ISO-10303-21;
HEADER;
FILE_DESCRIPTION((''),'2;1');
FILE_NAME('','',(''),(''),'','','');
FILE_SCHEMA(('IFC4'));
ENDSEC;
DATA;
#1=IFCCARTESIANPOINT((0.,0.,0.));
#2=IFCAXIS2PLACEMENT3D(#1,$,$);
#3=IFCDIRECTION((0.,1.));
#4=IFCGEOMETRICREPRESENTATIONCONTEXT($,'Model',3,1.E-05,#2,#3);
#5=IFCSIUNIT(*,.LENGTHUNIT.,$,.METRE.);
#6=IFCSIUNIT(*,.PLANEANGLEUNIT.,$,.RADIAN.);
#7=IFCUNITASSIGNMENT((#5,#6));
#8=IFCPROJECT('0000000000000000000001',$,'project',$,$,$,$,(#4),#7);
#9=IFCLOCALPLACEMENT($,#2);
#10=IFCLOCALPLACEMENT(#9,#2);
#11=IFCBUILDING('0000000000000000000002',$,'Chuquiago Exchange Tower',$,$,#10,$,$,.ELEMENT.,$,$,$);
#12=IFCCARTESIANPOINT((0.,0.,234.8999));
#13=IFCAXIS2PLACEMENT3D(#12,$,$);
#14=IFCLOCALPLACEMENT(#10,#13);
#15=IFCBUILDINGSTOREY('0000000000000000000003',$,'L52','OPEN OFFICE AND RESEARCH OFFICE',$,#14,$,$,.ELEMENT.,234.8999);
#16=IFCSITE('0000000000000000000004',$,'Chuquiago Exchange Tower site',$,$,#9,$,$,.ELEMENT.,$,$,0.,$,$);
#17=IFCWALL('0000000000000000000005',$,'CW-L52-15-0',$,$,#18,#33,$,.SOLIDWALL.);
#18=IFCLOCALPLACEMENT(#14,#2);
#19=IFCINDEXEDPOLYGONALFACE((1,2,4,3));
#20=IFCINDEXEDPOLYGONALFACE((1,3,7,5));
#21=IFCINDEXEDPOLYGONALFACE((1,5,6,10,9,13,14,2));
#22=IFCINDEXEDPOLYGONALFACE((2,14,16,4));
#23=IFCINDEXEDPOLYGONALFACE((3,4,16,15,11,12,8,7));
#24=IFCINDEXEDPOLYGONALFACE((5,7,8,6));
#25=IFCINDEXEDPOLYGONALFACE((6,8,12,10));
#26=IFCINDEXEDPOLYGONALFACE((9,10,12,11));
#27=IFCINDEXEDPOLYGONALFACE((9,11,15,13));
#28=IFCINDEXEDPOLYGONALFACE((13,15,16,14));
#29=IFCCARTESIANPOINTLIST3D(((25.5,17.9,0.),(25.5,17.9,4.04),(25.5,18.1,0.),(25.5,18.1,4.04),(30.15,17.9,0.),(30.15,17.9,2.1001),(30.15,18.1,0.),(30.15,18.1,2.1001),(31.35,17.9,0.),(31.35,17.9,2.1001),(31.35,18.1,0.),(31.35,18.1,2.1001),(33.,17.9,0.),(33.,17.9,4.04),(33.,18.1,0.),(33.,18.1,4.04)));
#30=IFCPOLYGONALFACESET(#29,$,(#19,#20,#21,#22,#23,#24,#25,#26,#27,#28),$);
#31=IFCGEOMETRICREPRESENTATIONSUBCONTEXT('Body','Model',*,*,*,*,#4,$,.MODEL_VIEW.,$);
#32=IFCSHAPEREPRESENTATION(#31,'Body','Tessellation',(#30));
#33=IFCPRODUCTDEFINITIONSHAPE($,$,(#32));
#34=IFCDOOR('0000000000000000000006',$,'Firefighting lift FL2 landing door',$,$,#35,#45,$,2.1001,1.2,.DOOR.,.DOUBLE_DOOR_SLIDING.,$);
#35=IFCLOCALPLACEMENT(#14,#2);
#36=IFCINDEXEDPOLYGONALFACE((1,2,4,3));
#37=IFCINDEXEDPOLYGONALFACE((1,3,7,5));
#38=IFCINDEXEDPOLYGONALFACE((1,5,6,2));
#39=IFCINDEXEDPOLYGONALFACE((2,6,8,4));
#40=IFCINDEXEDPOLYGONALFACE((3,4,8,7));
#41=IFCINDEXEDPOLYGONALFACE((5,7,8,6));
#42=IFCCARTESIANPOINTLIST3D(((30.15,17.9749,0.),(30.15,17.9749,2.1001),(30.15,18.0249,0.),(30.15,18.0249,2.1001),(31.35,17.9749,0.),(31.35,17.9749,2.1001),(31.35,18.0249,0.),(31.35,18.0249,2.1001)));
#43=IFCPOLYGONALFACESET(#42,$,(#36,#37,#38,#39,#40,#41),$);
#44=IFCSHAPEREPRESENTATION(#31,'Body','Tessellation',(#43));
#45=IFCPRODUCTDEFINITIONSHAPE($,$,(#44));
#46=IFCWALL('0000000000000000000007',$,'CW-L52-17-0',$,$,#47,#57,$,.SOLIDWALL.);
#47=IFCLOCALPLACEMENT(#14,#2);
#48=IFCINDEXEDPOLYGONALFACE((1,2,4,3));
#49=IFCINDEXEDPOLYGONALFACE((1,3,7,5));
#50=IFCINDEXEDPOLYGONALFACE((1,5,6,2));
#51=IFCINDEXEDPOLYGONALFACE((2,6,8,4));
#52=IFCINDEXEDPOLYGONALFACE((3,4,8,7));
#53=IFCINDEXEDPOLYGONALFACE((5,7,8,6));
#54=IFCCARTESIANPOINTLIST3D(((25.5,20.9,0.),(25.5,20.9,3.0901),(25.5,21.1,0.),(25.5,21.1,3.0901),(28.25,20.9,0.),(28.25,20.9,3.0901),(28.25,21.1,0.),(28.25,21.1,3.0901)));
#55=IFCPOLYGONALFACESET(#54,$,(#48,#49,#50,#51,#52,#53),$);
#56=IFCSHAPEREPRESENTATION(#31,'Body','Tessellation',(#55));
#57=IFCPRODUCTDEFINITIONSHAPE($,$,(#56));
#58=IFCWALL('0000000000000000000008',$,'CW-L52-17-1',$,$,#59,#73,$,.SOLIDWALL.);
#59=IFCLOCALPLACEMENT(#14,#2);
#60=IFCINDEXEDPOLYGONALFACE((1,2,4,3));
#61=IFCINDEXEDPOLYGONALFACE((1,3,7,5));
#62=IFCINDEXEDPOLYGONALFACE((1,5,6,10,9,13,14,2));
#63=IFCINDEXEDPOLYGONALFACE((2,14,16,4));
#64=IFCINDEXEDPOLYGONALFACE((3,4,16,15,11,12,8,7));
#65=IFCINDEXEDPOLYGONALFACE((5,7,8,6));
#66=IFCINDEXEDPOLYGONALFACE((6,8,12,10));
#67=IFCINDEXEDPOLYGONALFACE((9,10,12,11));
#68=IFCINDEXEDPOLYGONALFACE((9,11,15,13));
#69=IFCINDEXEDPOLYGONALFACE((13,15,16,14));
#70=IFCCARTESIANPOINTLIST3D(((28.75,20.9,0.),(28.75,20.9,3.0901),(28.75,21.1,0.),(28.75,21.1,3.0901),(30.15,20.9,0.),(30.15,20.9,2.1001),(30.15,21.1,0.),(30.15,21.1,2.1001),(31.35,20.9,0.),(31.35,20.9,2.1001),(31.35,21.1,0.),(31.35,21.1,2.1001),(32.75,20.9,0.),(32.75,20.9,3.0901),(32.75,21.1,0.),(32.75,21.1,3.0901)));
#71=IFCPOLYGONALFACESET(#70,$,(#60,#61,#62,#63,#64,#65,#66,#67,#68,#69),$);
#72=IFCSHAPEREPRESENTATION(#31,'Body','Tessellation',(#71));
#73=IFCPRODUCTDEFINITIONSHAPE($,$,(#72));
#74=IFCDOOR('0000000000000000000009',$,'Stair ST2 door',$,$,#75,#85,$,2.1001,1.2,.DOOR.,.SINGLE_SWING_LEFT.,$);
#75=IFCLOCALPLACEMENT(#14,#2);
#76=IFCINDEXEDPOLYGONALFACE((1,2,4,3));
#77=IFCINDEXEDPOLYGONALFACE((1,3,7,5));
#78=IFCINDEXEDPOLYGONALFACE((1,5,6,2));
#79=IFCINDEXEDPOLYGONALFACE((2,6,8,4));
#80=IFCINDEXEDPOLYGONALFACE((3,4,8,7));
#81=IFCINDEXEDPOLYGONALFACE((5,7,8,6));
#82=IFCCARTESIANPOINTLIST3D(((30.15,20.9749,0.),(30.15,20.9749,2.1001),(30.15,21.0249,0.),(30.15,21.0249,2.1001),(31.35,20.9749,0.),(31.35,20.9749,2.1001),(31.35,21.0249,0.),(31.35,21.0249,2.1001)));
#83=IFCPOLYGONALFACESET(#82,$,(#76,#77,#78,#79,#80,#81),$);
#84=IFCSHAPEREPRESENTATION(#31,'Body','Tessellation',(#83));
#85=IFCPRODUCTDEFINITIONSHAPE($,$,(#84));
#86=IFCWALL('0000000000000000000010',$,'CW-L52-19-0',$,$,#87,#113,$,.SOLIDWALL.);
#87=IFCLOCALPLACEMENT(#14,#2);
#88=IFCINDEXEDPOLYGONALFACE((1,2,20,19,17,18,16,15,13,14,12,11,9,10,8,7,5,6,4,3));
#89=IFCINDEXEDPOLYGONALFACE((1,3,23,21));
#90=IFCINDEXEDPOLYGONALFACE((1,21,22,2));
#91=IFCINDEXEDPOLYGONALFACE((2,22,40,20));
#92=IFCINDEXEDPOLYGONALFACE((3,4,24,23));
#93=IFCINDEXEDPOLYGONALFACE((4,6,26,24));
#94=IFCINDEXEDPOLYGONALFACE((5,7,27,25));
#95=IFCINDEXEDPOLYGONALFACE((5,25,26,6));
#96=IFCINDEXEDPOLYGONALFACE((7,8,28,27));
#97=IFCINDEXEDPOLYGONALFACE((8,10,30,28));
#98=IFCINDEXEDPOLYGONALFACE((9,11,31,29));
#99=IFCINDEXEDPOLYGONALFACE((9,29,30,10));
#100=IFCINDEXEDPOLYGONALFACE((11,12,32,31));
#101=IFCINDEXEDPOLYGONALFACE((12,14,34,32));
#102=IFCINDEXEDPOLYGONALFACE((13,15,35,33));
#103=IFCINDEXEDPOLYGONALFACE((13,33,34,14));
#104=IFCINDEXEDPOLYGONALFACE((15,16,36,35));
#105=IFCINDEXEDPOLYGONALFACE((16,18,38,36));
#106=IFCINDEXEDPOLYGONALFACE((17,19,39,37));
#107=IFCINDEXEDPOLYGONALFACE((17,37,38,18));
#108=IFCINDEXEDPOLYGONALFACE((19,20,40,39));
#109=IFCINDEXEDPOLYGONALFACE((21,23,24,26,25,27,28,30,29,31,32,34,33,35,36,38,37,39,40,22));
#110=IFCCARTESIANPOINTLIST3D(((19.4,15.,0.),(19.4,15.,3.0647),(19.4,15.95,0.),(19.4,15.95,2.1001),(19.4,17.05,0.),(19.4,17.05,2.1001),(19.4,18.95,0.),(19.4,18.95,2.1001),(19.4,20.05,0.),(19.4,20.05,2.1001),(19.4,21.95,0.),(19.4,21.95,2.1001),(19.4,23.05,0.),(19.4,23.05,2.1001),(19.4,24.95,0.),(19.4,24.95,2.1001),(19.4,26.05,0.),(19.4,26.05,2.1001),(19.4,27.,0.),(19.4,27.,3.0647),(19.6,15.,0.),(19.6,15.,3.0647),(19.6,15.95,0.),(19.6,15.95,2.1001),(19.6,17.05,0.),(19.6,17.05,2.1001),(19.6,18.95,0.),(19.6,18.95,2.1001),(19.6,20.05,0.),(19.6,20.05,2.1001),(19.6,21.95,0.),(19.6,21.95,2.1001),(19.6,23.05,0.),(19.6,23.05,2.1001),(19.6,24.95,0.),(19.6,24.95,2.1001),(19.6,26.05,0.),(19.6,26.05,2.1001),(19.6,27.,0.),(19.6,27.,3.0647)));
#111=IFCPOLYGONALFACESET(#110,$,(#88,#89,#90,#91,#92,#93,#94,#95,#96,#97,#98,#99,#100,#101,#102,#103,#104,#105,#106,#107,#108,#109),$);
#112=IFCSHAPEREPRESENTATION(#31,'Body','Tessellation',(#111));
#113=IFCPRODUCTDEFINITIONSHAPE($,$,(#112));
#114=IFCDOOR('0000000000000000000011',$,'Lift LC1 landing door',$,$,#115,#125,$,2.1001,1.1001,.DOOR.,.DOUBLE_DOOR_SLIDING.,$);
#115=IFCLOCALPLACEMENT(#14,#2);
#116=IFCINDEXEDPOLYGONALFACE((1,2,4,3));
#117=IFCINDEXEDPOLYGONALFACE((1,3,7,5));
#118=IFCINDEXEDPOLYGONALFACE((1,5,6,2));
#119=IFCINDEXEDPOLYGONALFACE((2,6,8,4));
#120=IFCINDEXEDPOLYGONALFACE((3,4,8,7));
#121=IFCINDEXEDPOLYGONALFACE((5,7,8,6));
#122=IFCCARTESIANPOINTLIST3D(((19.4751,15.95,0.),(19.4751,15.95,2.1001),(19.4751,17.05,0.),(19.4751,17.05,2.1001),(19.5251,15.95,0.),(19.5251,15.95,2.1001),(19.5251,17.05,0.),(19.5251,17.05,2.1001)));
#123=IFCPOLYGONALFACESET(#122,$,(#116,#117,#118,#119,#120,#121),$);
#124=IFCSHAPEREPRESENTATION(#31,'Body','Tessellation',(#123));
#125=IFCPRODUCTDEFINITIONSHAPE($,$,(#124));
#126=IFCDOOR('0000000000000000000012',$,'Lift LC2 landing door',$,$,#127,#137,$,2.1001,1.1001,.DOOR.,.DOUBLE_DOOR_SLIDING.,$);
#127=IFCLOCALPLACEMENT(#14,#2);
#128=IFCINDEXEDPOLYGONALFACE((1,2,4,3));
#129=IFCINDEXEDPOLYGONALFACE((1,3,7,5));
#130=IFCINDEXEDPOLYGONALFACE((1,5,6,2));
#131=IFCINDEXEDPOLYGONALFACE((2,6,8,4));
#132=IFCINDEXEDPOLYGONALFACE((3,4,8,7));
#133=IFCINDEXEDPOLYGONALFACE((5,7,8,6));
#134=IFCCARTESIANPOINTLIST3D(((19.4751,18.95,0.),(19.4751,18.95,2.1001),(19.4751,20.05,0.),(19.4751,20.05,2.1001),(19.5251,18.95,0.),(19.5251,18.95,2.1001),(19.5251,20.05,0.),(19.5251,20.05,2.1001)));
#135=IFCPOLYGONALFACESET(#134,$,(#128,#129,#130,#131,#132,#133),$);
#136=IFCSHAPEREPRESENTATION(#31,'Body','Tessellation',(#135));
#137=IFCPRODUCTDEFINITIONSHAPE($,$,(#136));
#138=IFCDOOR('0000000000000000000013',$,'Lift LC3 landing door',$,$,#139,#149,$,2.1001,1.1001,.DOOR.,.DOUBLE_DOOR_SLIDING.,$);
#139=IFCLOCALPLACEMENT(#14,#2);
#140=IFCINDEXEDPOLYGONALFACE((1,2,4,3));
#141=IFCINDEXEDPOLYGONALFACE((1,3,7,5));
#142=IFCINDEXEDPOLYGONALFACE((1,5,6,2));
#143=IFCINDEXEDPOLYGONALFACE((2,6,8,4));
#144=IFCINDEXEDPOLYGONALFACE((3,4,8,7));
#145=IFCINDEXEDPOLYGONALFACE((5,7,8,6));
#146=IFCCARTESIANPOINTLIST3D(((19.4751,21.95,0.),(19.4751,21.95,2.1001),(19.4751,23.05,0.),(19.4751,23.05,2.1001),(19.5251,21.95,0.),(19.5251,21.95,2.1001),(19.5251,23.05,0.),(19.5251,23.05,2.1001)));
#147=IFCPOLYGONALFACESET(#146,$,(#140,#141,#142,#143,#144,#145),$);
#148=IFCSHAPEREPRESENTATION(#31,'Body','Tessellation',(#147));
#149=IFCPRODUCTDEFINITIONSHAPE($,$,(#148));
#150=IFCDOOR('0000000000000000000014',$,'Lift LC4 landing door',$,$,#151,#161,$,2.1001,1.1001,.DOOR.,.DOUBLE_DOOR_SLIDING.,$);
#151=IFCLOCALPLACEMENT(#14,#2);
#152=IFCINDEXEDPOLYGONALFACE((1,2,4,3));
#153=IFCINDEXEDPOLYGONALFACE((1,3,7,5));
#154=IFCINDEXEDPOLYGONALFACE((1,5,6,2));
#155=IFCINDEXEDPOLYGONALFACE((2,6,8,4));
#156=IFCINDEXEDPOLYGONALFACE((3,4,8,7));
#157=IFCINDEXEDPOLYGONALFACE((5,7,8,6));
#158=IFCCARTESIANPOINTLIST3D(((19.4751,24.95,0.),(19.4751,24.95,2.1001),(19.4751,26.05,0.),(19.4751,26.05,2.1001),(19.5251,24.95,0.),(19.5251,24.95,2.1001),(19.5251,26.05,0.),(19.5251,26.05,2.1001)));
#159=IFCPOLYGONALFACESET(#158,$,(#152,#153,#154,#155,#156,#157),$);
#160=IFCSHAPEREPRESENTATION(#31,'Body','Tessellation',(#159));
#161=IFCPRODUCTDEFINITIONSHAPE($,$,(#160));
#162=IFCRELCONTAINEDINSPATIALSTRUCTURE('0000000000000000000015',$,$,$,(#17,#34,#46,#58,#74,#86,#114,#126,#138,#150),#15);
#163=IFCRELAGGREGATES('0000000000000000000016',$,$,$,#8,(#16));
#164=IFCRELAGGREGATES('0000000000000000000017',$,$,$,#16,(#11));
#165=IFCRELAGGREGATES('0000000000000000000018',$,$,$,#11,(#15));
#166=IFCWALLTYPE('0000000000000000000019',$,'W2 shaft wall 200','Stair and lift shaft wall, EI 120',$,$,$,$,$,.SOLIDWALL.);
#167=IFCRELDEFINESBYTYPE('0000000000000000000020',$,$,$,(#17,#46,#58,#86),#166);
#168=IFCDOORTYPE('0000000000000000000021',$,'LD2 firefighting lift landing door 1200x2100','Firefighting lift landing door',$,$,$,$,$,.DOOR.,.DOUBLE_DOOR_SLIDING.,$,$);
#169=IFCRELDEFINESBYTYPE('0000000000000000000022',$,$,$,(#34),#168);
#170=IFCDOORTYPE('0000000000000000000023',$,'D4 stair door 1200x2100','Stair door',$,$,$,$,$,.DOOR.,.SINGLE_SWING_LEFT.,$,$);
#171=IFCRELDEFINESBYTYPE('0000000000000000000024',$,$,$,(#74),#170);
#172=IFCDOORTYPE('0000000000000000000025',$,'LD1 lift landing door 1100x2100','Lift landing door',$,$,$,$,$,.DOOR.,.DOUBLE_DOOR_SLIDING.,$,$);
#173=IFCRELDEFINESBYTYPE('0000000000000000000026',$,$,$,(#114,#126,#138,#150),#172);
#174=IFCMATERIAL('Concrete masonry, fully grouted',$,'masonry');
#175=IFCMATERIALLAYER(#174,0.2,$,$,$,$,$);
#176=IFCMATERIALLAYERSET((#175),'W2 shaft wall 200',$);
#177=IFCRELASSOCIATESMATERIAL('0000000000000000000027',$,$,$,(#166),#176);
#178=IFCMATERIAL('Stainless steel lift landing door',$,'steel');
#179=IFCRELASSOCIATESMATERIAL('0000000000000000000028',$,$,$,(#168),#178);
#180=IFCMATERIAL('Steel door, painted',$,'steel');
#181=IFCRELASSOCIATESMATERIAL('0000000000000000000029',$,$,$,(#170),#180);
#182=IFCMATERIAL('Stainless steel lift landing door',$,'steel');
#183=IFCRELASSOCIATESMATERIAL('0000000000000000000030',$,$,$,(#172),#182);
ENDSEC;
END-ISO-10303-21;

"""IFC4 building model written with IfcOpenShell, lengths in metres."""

from ifc_helpers import new_model, si_unit, direction, frame, frame_2d, origin, place, context, subcontext, project, spatial, rectangle, extrude, material, layer, layer_set, type_object, element, fill, save


model = new_model("IFC4")

# Units and contexts
model_context = context("Model", 3, precision=1e-05, world=origin(), true_north=direction((0.0, 1.0)))
body_context = subcontext(model_context, "Body", "Model", "MODEL_VIEW")
ifc_project = project(units=[si_unit("LENGTHUNIT", "METRE"), si_unit("PLANEANGLEUNIT", "RADIAN")], contexts=[model_context])

# Site, building, storey
site_placement = place(None, origin())
site = spatial("IfcSite", under=ifc_project, at=site_placement, Name="Chuquiago Exchange Tower site", CompositionType="ELEMENT", RefElevation=0.0)
building_placement = place(site_placement, origin())
building = spatial("IfcBuilding", under=site, at=building_placement, Name="Chuquiago Exchange Tower", CompositionType="ELEMENT")
storey_placement = place(building_placement, frame((0.0, 0.0, 234.8999)))
storey = spatial("IfcBuildingStorey", under=building, at=storey_placement, Name="L52", Description="OPEN OFFICE AND RESEARCH OFFICE", CompositionType="ELEMENT", Elevation=234.8999)

# Shared definitions
ifc_material_1 = material(Name="Concrete masonry, fully grouted", Category="masonry")
ifc_layer_1 = layer(ifc_material_1, 0.2)
ifc_layer_set_1 = layer_set([ifc_layer_1], Name="W2 shaft wall 200")
wall_type_1 = type_object("IfcWallType", Name="W2 shaft wall 200", Description="Stair and lift shaft wall, EI 120", PredefinedType="SOLIDWALL", material=ifc_layer_set_1)

# Wall, opening, door
wall_1_placement = place(storey_placement, frame((25.5, 18.0, 0.0), z_axis=(0.0, 0.0, 1.0), x_axis=(1.0, 0.0, 0.0)))
wall_1 = element("IfcWall", 1, at=wall_1_placement, inside=storey, type_object=wall_type_1, Name="CW-L52-15-0", PredefinedType="SOLIDWALL", context=body_context, shape_type="SweptSolid", body=[
    extrude(rectangle(XDim=7.5, YDim=0.2, at=frame_2d((3.75, 0.0))), origin(), (0.0, 0.0, 1.0), 4.04),
])
opening_1_placement = place(wall_1_placement, frame((4.6499, 0.0, 0.0)))
opening_1 = element("IfcOpeningElement", 2, at=opening_1_placement, cuts=wall_1, PredefinedType="OPENING", context=body_context, shape_type="SweptSolid", body=[
    extrude(rectangle(XDim=1.2, YDim=2.1001, at=frame_2d((0.6001, 1.05))), frame((0.0, 0.1099, 0.0), z_axis=(0.0, -1.0, 0.0), x_axis=(1.0, 0.0, 0.0)), (0.0, 0.0, 1.0), 0.22),
])
ifc_material_2 = material(Name="Stainless steel lift landing door", Category="steel")
door_type_1 = type_object("IfcDoorType", Name="LD2 firefighting lift landing door 1200x2100", Description="Firefighting lift landing door", OperationType="DOUBLE_DOOR_SLIDING", PredefinedType="DOOR", material=ifc_material_2)
door_1_placement = place(opening_1_placement, origin())
door_1 = element("IfcDoor", 3, at=door_1_placement, inside=storey, type_object=door_type_1, Name="Firefighting lift FL2 landing door", OperationType="DOUBLE_DOOR_SLIDING", OverallHeight=2.1001, OverallWidth=1.2, PredefinedType="DOOR", context=body_context, shape_type="SweptSolid", body=[
    extrude(rectangle(XDim=1.2, YDim=2.1001, at=frame_2d((0.6001, 1.05))), frame((0.0, 0.0249, 0.0), z_axis=(0.0, -1.0, 0.0), x_axis=(1.0, 0.0, 0.0)), (0.0, 0.0, 1.0), 0.05),
])
fill(opening_1, door_1)

# Wall
wall_2_placement = place(storey_placement, frame((25.5, 21.0, 0.0), z_axis=(0.0, 0.0, 1.0), x_axis=(1.0, 0.0, 0.0)))
element("IfcWall", 4, at=wall_2_placement, inside=storey, type_object=wall_type_1, Name="CW-L52-17-0", PredefinedType="SOLIDWALL", context=body_context, shape_type="SweptSolid", body=[
    extrude(rectangle(XDim=2.75, YDim=0.2, at=frame_2d((1.375, 0.0))), origin(), (0.0, 0.0, 1.0), 3.0901),
])

# Wall, opening, door
wall_3_placement = place(storey_placement, frame((28.75, 21.0, 0.0), z_axis=(0.0, 0.0, 1.0), x_axis=(1.0, 0.0, 0.0)))
wall_3 = element("IfcWall", 5, at=wall_3_placement, inside=storey, type_object=wall_type_1, Name="CW-L52-17-1", PredefinedType="SOLIDWALL", context=body_context, shape_type="SweptSolid", body=[
    extrude(rectangle(XDim=4.0, YDim=0.2, at=frame_2d((2.0, 0.0))), origin(), (0.0, 0.0, 1.0), 3.0901),
])
opening_2_placement = place(wall_3_placement, frame((1.3999, 0.0, 0.0)))
opening_2 = element("IfcOpeningElement", 6, at=opening_2_placement, cuts=wall_3, PredefinedType="OPENING", context=body_context, shape_type="SweptSolid", body=[
    extrude(rectangle(XDim=1.2, YDim=2.1001, at=frame_2d((0.6001, 1.05))), frame((0.0, 0.1099, 0.0), z_axis=(0.0, -1.0, 0.0), x_axis=(1.0, 0.0, 0.0)), (0.0, 0.0, 1.0), 0.22),
])
ifc_material_3 = material(Name="Steel door, painted", Category="steel")
door_type_2 = type_object("IfcDoorType", Name="D4 stair door 1200x2100", Description="Stair door", OperationType="SINGLE_SWING_LEFT", PredefinedType="DOOR", material=ifc_material_3)
door_2_placement = place(opening_2_placement, origin())
door_2 = element("IfcDoor", 7, at=door_2_placement, inside=storey, type_object=door_type_2, Name="Stair ST2 door", OperationType="SINGLE_SWING_LEFT", OverallHeight=2.1001, OverallWidth=1.2, PredefinedType="DOOR", context=body_context, shape_type="SweptSolid", body=[
    extrude(rectangle(XDim=1.2, YDim=2.1001, at=frame_2d((0.6001, 1.05))), frame((0.0, 0.0249, 0.0), z_axis=(0.0, -1.0, 0.0), x_axis=(1.0, 0.0, 0.0)), (0.0, 0.0, 1.0), 0.05),
])
fill(opening_2, door_2)

# Wall, openings, doors
wall_4_placement = place(storey_placement, frame((19.5, 15.0, 0.0), z_axis=(0.0, 0.0, 1.0), x_axis=(0.0, 1.0, 0.0)))
wall_4 = element("IfcWall", 8, at=wall_4_placement, inside=storey, type_object=wall_type_1, Name="CW-L52-19-0", PredefinedType="SOLIDWALL", context=body_context, shape_type="SweptSolid", body=[
    extrude(rectangle(XDim=12.0, YDim=0.2, at=frame_2d((6.0, 0.0))), origin(), (0.0, 0.0, 1.0), 3.0647),
])
opening_3_placement = place(wall_4_placement, frame((0.95, 0.0, 0.0)))
opening_3 = element("IfcOpeningElement", 9, at=opening_3_placement, cuts=wall_4, PredefinedType="OPENING", context=body_context, shape_type="SweptSolid", body=[
    extrude(rectangle(XDim=1.1001, YDim=2.1001, at=frame_2d((0.55, 1.05))), frame((0.0, 0.1099, 0.0), z_axis=(0.0, -1.0, 0.0), x_axis=(1.0, 0.0, 0.0)), (0.0, 0.0, 1.0), 0.22),
])
opening_4_placement = place(wall_4_placement, frame((3.95, 0.0, 0.0)))
opening_4 = element("IfcOpeningElement", 10, at=opening_4_placement, cuts=wall_4, PredefinedType="OPENING", context=body_context, shape_type="SweptSolid", body=[
    extrude(rectangle(XDim=1.1001, YDim=2.1001, at=frame_2d((0.55, 1.05))), frame((0.0, 0.1099, 0.0), z_axis=(0.0, -1.0, 0.0), x_axis=(1.0, 0.0, 0.0)), (0.0, 0.0, 1.0), 0.22),
])
opening_5_placement = place(wall_4_placement, frame((6.95, 0.0, 0.0)))
opening_5 = element("IfcOpeningElement", 11, at=opening_5_placement, cuts=wall_4, PredefinedType="OPENING", context=body_context, shape_type="SweptSolid", body=[
    extrude(rectangle(XDim=1.1001, YDim=2.1001, at=frame_2d((0.55, 1.05))), frame((0.0, 0.1099, 0.0), z_axis=(0.0, -1.0, 0.0), x_axis=(1.0, 0.0, 0.0)), (0.0, 0.0, 1.0), 0.22),
])
opening_6_placement = place(wall_4_placement, frame((9.95, 0.0, 0.0)))
opening_6 = element("IfcOpeningElement", 12, at=opening_6_placement, cuts=wall_4, PredefinedType="OPENING", context=body_context, shape_type="SweptSolid", body=[
    extrude(rectangle(XDim=1.1001, YDim=2.1001, at=frame_2d((0.55, 1.05))), frame((0.0, 0.1099, 0.0), z_axis=(0.0, -1.0, 0.0), x_axis=(1.0, 0.0, 0.0)), (0.0, 0.0, 1.0), 0.22),
])
ifc_material_4 = material(Name="Stainless steel lift landing door", Category="steel")
door_type_3 = type_object("IfcDoorType", Name="LD1 lift landing door 1100x2100", Description="Lift landing door", OperationType="DOUBLE_DOOR_SLIDING", PredefinedType="DOOR", material=ifc_material_4)
door_3_placement = place(opening_3_placement, origin())
door_3 = element("IfcDoor", 13, at=door_3_placement, inside=storey, type_object=door_type_3, Name="Lift LC1 landing door", OperationType="DOUBLE_DOOR_SLIDING", OverallHeight=2.1001, OverallWidth=1.1001, PredefinedType="DOOR", context=body_context, shape_type="SweptSolid", body=[
    extrude(rectangle(XDim=1.1001, YDim=2.1001, at=frame_2d((0.55, 1.05))), frame((0.0, 0.0249, 0.0), z_axis=(0.0, -1.0, 0.0), x_axis=(1.0, 0.0, 0.0)), (0.0, 0.0, 1.0), 0.05),
])
fill(opening_3, door_3)
door_4_placement = place(opening_4_placement, origin())
door_4 = element("IfcDoor", 14, at=door_4_placement, inside=storey, type_object=door_type_3, Name="Lift LC2 landing door", OperationType="DOUBLE_DOOR_SLIDING", OverallHeight=2.1001, OverallWidth=1.1001, PredefinedType="DOOR", context=body_context, shape_type="SweptSolid", body=[
    extrude(rectangle(XDim=1.1001, YDim=2.1001, at=frame_2d((0.55, 1.05))), frame((0.0, 0.0249, 0.0), z_axis=(0.0, -1.0, 0.0), x_axis=(1.0, 0.0, 0.0)), (0.0, 0.0, 1.0), 0.05),
])
fill(opening_4, door_4)
door_5_placement = place(opening_5_placement, origin())
door_5 = element("IfcDoor", 15, at=door_5_placement, inside=storey, type_object=door_type_3, Name="Lift LC3 landing door", OperationType="DOUBLE_DOOR_SLIDING", OverallHeight=2.1001, OverallWidth=1.1001, PredefinedType="DOOR", context=body_context, shape_type="SweptSolid", body=[
    extrude(rectangle(XDim=1.1001, YDim=2.1001, at=frame_2d((0.55, 1.05))), frame((0.0, 0.0249, 0.0), z_axis=(0.0, -1.0, 0.0), x_axis=(1.0, 0.0, 0.0)), (0.0, 0.0, 1.0), 0.05),
])
fill(opening_5, door_5)
door_6_placement = place(opening_6_placement, origin())
door_6 = element("IfcDoor", 16, at=door_6_placement, inside=storey, type_object=door_type_3, Name="Lift LC4 landing door", OperationType="DOUBLE_DOOR_SLIDING", OverallHeight=2.1001, OverallWidth=1.1001, PredefinedType="DOOR", context=body_context, shape_type="SweptSolid", body=[
    extrude(rectangle(XDim=1.1001, YDim=2.1001, at=frame_2d((0.55, 1.05))), frame((0.0, 0.0249, 0.0), z_axis=(0.0, -1.0, 0.0), x_axis=(1.0, 0.0, 0.0)), (0.0, 0.0, 1.0), 0.05),
])
fill(opening_6, door_6)

save(model, "model.ifc")
